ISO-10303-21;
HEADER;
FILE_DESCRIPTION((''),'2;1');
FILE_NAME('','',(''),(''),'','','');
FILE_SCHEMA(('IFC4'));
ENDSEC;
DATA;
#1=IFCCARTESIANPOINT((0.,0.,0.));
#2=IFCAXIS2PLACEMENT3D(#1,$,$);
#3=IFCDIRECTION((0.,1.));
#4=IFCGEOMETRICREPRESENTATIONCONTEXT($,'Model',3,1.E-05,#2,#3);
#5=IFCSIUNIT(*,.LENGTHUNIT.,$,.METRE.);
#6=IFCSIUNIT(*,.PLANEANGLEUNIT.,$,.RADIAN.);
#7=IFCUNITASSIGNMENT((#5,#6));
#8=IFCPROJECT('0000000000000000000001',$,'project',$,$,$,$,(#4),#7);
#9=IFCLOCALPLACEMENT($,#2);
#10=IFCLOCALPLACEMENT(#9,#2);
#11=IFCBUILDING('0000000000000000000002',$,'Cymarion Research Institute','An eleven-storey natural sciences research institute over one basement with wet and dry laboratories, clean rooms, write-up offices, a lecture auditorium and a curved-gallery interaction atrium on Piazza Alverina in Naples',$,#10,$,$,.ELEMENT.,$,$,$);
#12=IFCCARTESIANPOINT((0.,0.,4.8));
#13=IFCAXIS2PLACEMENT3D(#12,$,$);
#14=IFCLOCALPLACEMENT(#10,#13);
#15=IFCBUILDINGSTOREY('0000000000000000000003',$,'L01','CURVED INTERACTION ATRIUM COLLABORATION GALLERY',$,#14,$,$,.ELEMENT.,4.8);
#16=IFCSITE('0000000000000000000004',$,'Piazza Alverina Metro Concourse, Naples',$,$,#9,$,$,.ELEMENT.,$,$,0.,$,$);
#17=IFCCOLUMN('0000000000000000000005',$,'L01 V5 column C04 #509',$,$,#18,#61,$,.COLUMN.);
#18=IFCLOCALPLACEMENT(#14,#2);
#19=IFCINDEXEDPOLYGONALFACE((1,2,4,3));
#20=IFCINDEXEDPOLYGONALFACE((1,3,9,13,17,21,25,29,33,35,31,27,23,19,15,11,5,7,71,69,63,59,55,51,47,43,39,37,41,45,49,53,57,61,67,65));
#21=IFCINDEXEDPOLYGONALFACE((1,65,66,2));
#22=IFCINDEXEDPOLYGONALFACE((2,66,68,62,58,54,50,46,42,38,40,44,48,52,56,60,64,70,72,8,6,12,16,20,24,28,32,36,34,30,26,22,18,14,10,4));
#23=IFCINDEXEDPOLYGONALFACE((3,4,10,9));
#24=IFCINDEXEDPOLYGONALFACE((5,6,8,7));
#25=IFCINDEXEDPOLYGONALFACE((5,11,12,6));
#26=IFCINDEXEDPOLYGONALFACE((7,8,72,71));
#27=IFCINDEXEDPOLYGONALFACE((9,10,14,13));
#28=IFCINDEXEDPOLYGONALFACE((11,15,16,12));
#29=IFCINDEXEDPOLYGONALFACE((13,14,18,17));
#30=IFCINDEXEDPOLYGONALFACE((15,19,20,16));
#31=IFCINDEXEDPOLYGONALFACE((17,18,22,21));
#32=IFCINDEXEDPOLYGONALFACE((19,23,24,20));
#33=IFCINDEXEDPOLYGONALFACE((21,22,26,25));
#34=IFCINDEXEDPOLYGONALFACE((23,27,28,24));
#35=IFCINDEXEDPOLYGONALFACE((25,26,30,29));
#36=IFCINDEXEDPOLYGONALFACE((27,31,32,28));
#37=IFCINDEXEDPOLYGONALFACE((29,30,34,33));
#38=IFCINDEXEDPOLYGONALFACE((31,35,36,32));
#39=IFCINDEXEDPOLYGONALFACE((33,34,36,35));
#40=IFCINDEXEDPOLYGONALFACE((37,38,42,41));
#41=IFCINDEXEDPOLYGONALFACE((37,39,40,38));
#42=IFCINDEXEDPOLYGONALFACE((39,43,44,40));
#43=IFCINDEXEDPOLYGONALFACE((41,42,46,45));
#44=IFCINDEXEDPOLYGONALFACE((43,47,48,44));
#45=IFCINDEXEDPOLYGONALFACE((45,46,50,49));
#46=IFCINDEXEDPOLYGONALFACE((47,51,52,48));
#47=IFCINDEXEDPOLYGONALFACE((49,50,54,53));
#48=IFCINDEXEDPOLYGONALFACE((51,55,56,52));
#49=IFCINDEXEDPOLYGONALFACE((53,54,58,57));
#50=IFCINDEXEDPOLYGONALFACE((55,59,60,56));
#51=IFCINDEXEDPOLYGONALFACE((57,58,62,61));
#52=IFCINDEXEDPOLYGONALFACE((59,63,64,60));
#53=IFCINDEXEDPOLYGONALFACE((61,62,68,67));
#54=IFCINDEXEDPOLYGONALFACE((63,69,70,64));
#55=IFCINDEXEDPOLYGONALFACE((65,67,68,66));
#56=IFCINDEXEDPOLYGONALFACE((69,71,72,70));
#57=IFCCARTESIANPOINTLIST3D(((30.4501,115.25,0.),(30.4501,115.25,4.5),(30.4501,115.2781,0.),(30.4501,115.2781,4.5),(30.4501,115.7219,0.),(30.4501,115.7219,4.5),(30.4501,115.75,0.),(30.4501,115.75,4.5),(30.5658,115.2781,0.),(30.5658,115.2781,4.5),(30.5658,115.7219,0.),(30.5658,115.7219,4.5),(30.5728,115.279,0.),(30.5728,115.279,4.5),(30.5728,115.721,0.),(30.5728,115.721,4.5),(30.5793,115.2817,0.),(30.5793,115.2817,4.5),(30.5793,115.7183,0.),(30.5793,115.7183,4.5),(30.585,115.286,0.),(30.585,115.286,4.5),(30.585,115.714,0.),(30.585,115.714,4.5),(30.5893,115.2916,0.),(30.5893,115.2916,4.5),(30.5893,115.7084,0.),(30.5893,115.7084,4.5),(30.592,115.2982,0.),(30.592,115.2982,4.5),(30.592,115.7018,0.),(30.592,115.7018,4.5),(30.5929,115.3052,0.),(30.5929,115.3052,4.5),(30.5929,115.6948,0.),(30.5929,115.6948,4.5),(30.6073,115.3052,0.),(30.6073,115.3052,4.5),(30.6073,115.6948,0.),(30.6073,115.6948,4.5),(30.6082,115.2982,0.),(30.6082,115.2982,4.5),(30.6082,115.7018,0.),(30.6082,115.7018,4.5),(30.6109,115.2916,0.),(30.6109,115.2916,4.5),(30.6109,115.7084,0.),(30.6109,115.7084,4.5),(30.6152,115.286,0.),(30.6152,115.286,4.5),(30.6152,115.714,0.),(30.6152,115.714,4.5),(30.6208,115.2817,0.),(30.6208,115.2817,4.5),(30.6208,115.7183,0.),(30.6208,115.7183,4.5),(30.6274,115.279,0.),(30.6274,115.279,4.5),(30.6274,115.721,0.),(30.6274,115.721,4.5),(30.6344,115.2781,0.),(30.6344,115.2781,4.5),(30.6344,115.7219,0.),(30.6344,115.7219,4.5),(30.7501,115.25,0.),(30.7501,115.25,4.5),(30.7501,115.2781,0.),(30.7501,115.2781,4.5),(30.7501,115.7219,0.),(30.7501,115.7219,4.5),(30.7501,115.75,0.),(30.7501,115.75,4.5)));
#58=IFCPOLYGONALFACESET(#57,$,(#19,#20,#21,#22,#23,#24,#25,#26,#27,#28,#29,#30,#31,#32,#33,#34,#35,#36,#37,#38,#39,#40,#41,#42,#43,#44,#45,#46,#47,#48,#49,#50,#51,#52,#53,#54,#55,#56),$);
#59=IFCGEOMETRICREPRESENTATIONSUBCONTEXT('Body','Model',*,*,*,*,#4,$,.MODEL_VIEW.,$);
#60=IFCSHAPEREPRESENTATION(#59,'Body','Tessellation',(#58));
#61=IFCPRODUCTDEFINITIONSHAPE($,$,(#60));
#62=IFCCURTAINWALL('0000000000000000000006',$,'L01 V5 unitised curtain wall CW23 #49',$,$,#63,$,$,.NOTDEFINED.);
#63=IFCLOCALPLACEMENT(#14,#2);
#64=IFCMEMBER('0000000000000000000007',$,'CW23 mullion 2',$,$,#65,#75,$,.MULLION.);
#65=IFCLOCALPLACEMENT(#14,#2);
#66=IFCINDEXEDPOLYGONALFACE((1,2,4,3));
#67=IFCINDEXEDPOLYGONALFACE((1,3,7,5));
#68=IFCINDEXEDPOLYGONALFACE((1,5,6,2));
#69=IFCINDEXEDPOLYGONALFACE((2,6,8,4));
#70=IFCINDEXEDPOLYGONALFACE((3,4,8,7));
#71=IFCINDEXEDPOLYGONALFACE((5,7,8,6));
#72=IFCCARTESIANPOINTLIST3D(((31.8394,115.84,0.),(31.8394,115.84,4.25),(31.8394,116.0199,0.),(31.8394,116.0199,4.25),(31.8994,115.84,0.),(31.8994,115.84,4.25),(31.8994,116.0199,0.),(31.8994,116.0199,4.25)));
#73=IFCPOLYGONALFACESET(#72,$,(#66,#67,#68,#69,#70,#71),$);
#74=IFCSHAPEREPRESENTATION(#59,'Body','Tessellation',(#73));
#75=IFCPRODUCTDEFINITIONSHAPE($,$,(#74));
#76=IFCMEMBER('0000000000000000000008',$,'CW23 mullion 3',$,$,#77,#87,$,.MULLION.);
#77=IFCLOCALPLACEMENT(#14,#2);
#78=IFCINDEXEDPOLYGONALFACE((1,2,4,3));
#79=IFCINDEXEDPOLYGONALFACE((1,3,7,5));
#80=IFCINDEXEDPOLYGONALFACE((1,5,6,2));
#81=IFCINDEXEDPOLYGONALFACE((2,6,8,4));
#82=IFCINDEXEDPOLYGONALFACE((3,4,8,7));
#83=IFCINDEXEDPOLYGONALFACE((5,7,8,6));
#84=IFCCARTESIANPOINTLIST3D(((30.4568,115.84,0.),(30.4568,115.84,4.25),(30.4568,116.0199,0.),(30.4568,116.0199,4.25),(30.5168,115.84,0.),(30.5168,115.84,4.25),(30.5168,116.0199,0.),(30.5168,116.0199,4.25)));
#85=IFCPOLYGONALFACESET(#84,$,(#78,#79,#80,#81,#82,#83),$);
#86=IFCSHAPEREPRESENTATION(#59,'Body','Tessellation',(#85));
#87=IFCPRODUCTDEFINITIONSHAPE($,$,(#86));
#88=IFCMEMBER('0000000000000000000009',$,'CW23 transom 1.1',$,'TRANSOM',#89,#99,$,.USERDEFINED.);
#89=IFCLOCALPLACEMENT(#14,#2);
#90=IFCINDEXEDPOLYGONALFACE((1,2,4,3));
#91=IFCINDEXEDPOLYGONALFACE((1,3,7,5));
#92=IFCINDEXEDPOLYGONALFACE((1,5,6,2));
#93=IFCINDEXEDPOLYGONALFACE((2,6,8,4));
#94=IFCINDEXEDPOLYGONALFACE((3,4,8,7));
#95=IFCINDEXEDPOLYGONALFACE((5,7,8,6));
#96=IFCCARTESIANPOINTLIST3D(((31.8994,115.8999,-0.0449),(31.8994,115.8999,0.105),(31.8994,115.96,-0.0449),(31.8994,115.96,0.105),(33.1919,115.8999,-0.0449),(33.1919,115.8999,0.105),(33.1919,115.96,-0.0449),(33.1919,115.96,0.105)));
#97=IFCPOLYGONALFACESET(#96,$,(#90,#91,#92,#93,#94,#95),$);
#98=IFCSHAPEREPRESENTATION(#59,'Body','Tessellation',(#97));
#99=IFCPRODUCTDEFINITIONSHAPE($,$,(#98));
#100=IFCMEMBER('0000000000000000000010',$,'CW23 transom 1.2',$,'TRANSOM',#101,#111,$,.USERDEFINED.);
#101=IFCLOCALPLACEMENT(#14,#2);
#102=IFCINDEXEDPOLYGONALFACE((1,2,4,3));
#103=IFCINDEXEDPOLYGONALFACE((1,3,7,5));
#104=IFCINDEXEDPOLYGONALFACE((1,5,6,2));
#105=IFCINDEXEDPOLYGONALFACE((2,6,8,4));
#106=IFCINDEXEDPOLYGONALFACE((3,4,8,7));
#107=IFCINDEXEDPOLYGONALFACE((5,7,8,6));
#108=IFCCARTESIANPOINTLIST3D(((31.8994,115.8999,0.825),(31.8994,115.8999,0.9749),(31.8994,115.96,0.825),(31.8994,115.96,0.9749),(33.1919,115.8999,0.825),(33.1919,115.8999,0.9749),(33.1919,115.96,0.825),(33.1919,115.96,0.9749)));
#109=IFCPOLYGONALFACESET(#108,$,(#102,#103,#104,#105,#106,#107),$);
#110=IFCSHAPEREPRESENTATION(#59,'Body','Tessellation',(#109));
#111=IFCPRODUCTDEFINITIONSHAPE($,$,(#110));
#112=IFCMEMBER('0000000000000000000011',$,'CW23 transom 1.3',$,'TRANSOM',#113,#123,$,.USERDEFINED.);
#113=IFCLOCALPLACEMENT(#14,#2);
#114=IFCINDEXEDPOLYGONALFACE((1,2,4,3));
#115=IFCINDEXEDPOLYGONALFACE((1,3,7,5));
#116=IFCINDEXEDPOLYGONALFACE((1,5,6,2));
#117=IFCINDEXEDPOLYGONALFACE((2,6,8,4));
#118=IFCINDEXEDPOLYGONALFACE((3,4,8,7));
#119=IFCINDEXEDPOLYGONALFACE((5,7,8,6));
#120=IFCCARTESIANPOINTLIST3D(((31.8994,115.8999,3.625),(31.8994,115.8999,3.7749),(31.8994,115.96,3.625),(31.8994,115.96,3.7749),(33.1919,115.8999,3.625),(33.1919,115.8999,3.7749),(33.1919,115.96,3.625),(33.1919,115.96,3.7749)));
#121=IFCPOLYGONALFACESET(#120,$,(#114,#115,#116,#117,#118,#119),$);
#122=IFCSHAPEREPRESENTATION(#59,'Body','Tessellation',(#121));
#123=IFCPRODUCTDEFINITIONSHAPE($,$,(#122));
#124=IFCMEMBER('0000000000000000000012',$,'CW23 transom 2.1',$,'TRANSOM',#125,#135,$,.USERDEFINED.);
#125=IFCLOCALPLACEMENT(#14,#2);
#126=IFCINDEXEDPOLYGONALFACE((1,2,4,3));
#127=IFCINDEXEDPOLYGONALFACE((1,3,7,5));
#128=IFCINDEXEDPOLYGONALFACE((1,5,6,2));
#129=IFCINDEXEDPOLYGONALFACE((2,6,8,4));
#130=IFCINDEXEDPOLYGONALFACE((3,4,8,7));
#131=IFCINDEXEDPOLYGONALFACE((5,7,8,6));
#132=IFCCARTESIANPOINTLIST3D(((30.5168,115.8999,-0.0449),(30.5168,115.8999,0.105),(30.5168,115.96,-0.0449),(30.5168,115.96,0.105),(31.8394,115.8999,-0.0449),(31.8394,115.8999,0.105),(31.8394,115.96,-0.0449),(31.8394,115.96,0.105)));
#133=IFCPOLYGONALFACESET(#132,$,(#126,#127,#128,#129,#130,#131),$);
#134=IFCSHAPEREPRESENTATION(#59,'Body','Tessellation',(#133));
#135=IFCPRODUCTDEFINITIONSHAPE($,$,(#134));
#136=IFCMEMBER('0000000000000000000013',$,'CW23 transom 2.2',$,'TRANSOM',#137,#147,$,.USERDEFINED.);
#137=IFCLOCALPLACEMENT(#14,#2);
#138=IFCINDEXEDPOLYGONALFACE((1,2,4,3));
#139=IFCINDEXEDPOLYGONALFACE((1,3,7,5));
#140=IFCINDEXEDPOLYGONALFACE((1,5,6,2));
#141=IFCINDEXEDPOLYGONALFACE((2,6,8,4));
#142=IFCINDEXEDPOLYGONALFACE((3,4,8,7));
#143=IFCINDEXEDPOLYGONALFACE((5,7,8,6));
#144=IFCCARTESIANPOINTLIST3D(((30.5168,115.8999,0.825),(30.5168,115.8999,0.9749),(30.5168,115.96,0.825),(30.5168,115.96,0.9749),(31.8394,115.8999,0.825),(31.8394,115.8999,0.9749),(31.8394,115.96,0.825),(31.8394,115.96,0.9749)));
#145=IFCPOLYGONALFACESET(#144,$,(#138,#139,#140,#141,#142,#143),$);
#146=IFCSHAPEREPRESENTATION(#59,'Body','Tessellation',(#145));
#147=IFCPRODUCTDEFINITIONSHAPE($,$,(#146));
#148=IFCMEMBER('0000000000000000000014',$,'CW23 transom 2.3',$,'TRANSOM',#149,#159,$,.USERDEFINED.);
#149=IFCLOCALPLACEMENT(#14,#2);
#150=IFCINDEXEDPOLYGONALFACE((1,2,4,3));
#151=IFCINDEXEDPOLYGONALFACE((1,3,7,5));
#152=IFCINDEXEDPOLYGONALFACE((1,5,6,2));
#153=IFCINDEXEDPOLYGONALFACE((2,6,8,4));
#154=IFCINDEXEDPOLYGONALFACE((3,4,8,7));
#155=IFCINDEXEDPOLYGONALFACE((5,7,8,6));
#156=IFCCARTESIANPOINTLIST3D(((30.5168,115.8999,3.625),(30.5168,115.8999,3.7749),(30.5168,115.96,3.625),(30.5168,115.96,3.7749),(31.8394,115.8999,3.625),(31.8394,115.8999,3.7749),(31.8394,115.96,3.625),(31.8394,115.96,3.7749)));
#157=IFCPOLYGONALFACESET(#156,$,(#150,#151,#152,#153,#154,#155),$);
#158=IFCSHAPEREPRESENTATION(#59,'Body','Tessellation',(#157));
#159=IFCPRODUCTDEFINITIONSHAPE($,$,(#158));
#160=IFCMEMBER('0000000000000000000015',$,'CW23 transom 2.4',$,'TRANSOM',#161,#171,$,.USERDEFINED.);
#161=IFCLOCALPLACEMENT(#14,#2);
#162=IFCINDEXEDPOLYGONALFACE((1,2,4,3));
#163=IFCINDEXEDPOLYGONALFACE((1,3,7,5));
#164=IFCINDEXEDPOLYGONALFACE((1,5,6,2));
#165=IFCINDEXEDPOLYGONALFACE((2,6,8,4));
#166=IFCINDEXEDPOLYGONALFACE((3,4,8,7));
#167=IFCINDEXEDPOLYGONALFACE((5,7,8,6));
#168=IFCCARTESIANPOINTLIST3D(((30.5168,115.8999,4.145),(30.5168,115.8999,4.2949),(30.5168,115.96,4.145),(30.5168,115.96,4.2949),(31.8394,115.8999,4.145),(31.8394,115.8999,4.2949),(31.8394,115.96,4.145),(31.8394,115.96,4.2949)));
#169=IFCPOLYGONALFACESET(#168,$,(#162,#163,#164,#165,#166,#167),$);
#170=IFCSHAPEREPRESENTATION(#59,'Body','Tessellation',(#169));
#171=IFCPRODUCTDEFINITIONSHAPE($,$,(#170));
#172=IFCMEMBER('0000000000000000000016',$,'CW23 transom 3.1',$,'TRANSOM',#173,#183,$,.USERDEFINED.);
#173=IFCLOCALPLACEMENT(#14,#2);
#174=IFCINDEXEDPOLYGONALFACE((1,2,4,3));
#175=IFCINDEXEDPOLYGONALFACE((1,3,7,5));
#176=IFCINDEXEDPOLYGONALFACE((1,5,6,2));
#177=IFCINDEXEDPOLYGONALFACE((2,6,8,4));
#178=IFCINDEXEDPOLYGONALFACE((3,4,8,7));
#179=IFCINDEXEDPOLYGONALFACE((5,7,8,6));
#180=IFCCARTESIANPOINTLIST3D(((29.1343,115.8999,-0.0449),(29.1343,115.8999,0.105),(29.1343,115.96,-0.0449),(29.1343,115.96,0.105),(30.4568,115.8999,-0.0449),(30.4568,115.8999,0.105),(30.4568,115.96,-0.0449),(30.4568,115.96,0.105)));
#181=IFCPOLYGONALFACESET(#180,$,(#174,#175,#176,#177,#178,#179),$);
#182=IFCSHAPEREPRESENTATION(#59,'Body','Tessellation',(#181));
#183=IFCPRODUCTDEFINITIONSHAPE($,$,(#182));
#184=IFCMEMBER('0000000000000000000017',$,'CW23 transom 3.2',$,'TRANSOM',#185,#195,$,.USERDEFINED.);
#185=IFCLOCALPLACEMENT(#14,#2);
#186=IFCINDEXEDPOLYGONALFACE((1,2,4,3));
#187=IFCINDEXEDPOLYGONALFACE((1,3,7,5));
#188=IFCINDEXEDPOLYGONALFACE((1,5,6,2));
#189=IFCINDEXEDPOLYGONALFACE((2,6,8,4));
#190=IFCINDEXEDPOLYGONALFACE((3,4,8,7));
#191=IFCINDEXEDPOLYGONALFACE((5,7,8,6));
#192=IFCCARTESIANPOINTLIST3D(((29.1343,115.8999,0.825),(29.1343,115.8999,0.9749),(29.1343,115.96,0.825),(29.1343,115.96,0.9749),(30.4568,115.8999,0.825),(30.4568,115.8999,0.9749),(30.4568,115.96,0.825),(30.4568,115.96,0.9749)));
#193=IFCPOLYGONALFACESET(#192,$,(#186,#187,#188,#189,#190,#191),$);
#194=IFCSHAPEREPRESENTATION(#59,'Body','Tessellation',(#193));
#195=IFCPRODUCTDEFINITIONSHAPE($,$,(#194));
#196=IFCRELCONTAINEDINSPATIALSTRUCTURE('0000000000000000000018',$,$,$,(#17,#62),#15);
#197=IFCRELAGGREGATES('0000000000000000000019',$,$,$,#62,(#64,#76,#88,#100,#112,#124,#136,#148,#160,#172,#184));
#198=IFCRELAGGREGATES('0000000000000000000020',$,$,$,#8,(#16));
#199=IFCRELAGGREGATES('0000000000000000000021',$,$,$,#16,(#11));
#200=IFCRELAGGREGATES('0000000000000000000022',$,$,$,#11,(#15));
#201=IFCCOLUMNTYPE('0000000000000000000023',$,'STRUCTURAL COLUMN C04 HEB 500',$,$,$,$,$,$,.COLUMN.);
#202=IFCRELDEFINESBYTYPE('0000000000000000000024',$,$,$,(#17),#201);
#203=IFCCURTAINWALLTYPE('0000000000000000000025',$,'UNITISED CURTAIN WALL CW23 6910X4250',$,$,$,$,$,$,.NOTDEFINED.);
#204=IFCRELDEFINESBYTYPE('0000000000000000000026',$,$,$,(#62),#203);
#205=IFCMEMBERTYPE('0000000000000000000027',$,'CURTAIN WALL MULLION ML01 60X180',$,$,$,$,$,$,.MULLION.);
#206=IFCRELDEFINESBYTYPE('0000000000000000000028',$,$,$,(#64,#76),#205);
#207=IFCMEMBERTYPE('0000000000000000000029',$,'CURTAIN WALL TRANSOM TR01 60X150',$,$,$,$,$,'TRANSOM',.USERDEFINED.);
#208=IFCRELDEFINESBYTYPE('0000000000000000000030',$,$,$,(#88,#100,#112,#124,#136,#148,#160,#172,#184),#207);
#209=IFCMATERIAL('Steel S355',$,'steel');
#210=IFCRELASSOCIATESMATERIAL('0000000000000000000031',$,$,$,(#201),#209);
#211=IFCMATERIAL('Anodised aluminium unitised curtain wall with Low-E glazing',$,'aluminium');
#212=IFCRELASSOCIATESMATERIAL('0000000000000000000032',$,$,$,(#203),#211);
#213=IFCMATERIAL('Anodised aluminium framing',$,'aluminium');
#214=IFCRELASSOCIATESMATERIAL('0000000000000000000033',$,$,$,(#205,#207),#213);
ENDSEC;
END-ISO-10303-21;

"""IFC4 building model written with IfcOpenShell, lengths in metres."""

from ifc_helpers import new_model, si_unit, direction, frame, origin, origin_2d, place, context, subcontext, project, spatial, rectangle, i_section, extrude, material, material_profile, profile_set, type_object, element, aggregate, save


model = new_model("IFC4")

# Units and contexts
model_context = context("Model", 3, precision=1e-05, world=origin(), true_north=direction((0.0, 1.0)))
body_context = subcontext(model_context, "Body", "Model", "MODEL_VIEW")
ifc_project = project(units=[si_unit("LENGTHUNIT", "METRE"), si_unit("PLANEANGLEUNIT", "RADIAN")], contexts=[model_context])

# Site, building, storey
site_placement = place(None, origin())
site = spatial("IfcSite", under=ifc_project, at=site_placement, Name="Piazza Alverina Metro Concourse, Naples", CompositionType="ELEMENT", RefElevation=0.0)
building_placement = place(site_placement, origin())
building = spatial("IfcBuilding", under=site, at=building_placement, Name="Cymarion Research Institute", Description="An eleven-storey natural sciences research institute over one basement with wet and dry laboratories, clean rooms, write-up offices, a lecture auditorium and a curved-gallery interaction atrium on Piazza Alverina in Naples", CompositionType="ELEMENT")
storey_placement = place(building_placement, frame((0.0, 0.0, 4.8)))
storey = spatial("IfcBuildingStorey", under=building, at=storey_placement, Name="L01", Description="CURVED INTERACTION ATRIUM COLLABORATION GALLERY", CompositionType="ELEMENT", Elevation=4.8)

# Column
ifc_material_1 = material(Name="Steel S355", Category="steel")
ifc_material_profile_1 = material_profile(ifc_material_1, i_section(OverallWidth=0.3, OverallDepth=0.5, WebThickness=0.0144, FlangeThickness=0.0281, FilletRadius=0.0271, at=origin_2d()), Name="HEB 500")
ifc_profile_set_1 = profile_set([ifc_material_profile_1], Name="Steel S355")
column_type = type_object("IfcColumnType", Name="STRUCTURAL COLUMN C04 HEB 500", PredefinedType="COLUMN", material=ifc_profile_set_1)
column_placement = place(storey_placement, frame((30.6001, 115.5, 0.0), z_axis=(0.0, 0.0, 1.0), x_axis=(1.0, 0.0, 0.0)))
element("IfcColumn", 1, at=column_placement, inside=storey, type_object=column_type, Name="L01 V5 column C04 #509", PredefinedType="COLUMN", context=body_context, shape_type="SweptSolid", body=[
    extrude(i_section(OverallWidth=0.3, OverallDepth=0.5, WebThickness=0.0144, FlangeThickness=0.0281, FilletRadius=0.0271, at=origin_2d()), origin(), (0.0, 0.0, 1.0), 4.5),
])

# Curtain wall, members
ifc_material_2 = material(Name="Anodised aluminium unitised curtain wall with Low-E glazing", Category="aluminium")
curtain_wall_type = type_object("IfcCurtainWallType", Name="UNITISED CURTAIN WALL CW23 6910X4250", PredefinedType="NOTDEFINED", material=ifc_material_2)
curtain_wall_placement = place(storey_placement, origin())
curtain_wall = element("IfcCurtainWall", 2, at=curtain_wall_placement, inside=storey, type_object=curtain_wall_type, Name="L01 V5 unitised curtain wall CW23 #49", PredefinedType="NOTDEFINED")
ifc_material_3 = material(Name="Anodised aluminium framing", Category="aluminium")
ifc_material_profile_2 = material_profile(ifc_material_3, rectangle(XDim=0.0601, YDim=0.1799, at=origin_2d()), Name="ALU MULLION 60x180")
ifc_profile_set_2 = profile_set([ifc_material_profile_2], Name="Anodised aluminium framing")
member_type_1 = type_object("IfcMemberType", Name="CURTAIN WALL MULLION ML01 60X180", PredefinedType="MULLION", material=ifc_profile_set_2)
member_1_placement = place(storey_placement, frame((31.8694, 115.9299, 0.0), z_axis=(0.0, 0.0, 1.0), x_axis=(-1.0, 0.0, 0.0)))
member_1 = element("IfcMember", 3, at=member_1_placement, type_object=member_type_1, Name="CW23 mullion 2", PredefinedType="MULLION", context=body_context, shape_type="SweptSolid", body=[
    extrude(rectangle(XDim=0.0601, YDim=0.1799, at=origin_2d()), origin(), (0.0, 0.0, 1.0), 4.25),
])
member_2_placement = place(storey_placement, frame((30.4868, 115.9299, 0.0), z_axis=(0.0, 0.0, 1.0), x_axis=(-1.0, 0.0, 0.0)))
member_2 = element("IfcMember", 4, at=member_2_placement, type_object=member_type_1, Name="CW23 mullion 3", PredefinedType="MULLION", context=body_context, shape_type="SweptSolid", body=[
    extrude(rectangle(XDim=0.0601, YDim=0.1799, at=origin_2d()), origin(), (0.0, 0.0, 1.0), 4.25),
])
ifc_material_profile_3 = material_profile(ifc_material_3, rectangle(XDim=0.0601, YDim=0.1499, at=origin_2d()), Name="ALU TRANSOM 60x150")
ifc_profile_set_3 = profile_set([ifc_material_profile_3], Name="Anodised aluminium framing")
member_type_2 = type_object("IfcMemberType", Name="CURTAIN WALL TRANSOM TR01 60X150", ElementType="TRANSOM", PredefinedType="USERDEFINED", material=ifc_profile_set_3)
member_3_placement = place(storey_placement, frame((33.1919, 115.9299, 0.03), z_axis=(-1.0, 0.0, 0.0), x_axis=(0.0, -1.0, 0.0)))
member_3 = element("IfcMember", 5, at=member_3_placement, type_object=member_type_2, Name="CW23 transom 1.1", ObjectType="TRANSOM", PredefinedType="USERDEFINED", context=body_context, shape_type="SweptSolid", body=[
    extrude(rectangle(XDim=0.0601, YDim=0.1499, at=origin_2d()), origin(), (0.0, 0.0, 1.0), 1.2925),
])
member_4_placement = place(storey_placement, frame((33.1919, 115.9299, 0.8999), z_axis=(-1.0, 0.0, 0.0), x_axis=(0.0, -1.0, 0.0)))
member_4 = element("IfcMember", 6, at=member_4_placement, type_object=member_type_2, Name="CW23 transom 1.2", ObjectType="TRANSOM", PredefinedType="USERDEFINED", context=body_context, shape_type="SweptSolid", body=[
    extrude(rectangle(XDim=0.0601, YDim=0.1499, at=origin_2d()), origin(), (0.0, 0.0, 1.0), 1.2925),
])
member_5_placement = place(storey_placement, frame((33.1919, 115.9299, 3.7), z_axis=(-1.0, 0.0, 0.0), x_axis=(0.0, -1.0, 0.0)))
member_5 = element("IfcMember", 7, at=member_5_placement, type_object=member_type_2, Name="CW23 transom 1.3", ObjectType="TRANSOM", PredefinedType="USERDEFINED", context=body_context, shape_type="SweptSolid", body=[
    extrude(rectangle(XDim=0.0601, YDim=0.1499, at=origin_2d()), origin(), (0.0, 0.0, 1.0), 1.2925),
])
member_6_placement = place(storey_placement, frame((31.8394, 115.9299, 0.03), z_axis=(-1.0, 0.0, 0.0), x_axis=(0.0, -1.0, 0.0)))
member_6 = element("IfcMember", 8, at=member_6_placement, type_object=member_type_2, Name="CW23 transom 2.1", ObjectType="TRANSOM", PredefinedType="USERDEFINED", context=body_context, shape_type="SweptSolid", body=[
    extrude(rectangle(XDim=0.0601, YDim=0.1499, at=origin_2d()), origin(), (0.0, 0.0, 1.0), 1.3225),
])
member_7_placement = place(storey_placement, frame((31.8394, 115.9299, 0.8999), z_axis=(-1.0, 0.0, 0.0), x_axis=(0.0, -1.0, 0.0)))
member_7 = element("IfcMember", 9, at=member_7_placement, type_object=member_type_2, Name="CW23 transom 2.2", ObjectType="TRANSOM", PredefinedType="USERDEFINED", context=body_context, shape_type="SweptSolid", body=[
    extrude(rectangle(XDim=0.0601, YDim=0.1499, at=origin_2d()), origin(), (0.0, 0.0, 1.0), 1.3225),
])
member_8_placement = place(storey_placement, frame((31.8394, 115.9299, 3.7), z_axis=(-1.0, 0.0, 0.0), x_axis=(0.0, -1.0, 0.0)))
member_8 = element("IfcMember", 10, at=member_8_placement, type_object=member_type_2, Name="CW23 transom 2.3", ObjectType="TRANSOM", PredefinedType="USERDEFINED", context=body_context, shape_type="SweptSolid", body=[
    extrude(rectangle(XDim=0.0601, YDim=0.1499, at=origin_2d()), origin(), (0.0, 0.0, 1.0), 1.3225),
])
member_9_placement = place(storey_placement, frame((31.8394, 115.9299, 4.22), z_axis=(-1.0, 0.0, 0.0), x_axis=(0.0, -1.0, 0.0)))
member_9 = element("IfcMember", 11, at=member_9_placement, type_object=member_type_2, Name="CW23 transom 2.4", ObjectType="TRANSOM", PredefinedType="USERDEFINED", context=body_context, shape_type="SweptSolid", body=[
    extrude(rectangle(XDim=0.0601, YDim=0.1499, at=origin_2d()), origin(), (0.0, 0.0, 1.0), 1.3225),
])
member_10_placement = place(storey_placement, frame((30.4568, 115.9299, 0.03), z_axis=(-1.0, 0.0, 0.0), x_axis=(0.0, -1.0, 0.0)))
member_10 = element("IfcMember", 12, at=member_10_placement, type_object=member_type_2, Name="CW23 transom 3.1", ObjectType="TRANSOM", PredefinedType="USERDEFINED", context=body_context, shape_type="SweptSolid", body=[
    extrude(rectangle(XDim=0.0601, YDim=0.1499, at=origin_2d()), origin(), (0.0, 0.0, 1.0), 1.3225),
])
member_11_placement = place(storey_placement, frame((30.4568, 115.9299, 0.8999), z_axis=(-1.0, 0.0, 0.0), x_axis=(0.0, -1.0, 0.0)))
member_11 = element("IfcMember", 13, at=member_11_placement, type_object=member_type_2, Name="CW23 transom 3.2", ObjectType="TRANSOM", PredefinedType="USERDEFINED", context=body_context, shape_type="SweptSolid", body=[
    extrude(rectangle(XDim=0.0601, YDim=0.1499, at=origin_2d()), origin(), (0.0, 0.0, 1.0), 1.3225),
])

aggregate(curtain_wall, [member_1, member_2, member_3, member_4, member_5, member_6, member_7, member_8, member_9, member_10, member_11])

save(model, "model.ifc")
